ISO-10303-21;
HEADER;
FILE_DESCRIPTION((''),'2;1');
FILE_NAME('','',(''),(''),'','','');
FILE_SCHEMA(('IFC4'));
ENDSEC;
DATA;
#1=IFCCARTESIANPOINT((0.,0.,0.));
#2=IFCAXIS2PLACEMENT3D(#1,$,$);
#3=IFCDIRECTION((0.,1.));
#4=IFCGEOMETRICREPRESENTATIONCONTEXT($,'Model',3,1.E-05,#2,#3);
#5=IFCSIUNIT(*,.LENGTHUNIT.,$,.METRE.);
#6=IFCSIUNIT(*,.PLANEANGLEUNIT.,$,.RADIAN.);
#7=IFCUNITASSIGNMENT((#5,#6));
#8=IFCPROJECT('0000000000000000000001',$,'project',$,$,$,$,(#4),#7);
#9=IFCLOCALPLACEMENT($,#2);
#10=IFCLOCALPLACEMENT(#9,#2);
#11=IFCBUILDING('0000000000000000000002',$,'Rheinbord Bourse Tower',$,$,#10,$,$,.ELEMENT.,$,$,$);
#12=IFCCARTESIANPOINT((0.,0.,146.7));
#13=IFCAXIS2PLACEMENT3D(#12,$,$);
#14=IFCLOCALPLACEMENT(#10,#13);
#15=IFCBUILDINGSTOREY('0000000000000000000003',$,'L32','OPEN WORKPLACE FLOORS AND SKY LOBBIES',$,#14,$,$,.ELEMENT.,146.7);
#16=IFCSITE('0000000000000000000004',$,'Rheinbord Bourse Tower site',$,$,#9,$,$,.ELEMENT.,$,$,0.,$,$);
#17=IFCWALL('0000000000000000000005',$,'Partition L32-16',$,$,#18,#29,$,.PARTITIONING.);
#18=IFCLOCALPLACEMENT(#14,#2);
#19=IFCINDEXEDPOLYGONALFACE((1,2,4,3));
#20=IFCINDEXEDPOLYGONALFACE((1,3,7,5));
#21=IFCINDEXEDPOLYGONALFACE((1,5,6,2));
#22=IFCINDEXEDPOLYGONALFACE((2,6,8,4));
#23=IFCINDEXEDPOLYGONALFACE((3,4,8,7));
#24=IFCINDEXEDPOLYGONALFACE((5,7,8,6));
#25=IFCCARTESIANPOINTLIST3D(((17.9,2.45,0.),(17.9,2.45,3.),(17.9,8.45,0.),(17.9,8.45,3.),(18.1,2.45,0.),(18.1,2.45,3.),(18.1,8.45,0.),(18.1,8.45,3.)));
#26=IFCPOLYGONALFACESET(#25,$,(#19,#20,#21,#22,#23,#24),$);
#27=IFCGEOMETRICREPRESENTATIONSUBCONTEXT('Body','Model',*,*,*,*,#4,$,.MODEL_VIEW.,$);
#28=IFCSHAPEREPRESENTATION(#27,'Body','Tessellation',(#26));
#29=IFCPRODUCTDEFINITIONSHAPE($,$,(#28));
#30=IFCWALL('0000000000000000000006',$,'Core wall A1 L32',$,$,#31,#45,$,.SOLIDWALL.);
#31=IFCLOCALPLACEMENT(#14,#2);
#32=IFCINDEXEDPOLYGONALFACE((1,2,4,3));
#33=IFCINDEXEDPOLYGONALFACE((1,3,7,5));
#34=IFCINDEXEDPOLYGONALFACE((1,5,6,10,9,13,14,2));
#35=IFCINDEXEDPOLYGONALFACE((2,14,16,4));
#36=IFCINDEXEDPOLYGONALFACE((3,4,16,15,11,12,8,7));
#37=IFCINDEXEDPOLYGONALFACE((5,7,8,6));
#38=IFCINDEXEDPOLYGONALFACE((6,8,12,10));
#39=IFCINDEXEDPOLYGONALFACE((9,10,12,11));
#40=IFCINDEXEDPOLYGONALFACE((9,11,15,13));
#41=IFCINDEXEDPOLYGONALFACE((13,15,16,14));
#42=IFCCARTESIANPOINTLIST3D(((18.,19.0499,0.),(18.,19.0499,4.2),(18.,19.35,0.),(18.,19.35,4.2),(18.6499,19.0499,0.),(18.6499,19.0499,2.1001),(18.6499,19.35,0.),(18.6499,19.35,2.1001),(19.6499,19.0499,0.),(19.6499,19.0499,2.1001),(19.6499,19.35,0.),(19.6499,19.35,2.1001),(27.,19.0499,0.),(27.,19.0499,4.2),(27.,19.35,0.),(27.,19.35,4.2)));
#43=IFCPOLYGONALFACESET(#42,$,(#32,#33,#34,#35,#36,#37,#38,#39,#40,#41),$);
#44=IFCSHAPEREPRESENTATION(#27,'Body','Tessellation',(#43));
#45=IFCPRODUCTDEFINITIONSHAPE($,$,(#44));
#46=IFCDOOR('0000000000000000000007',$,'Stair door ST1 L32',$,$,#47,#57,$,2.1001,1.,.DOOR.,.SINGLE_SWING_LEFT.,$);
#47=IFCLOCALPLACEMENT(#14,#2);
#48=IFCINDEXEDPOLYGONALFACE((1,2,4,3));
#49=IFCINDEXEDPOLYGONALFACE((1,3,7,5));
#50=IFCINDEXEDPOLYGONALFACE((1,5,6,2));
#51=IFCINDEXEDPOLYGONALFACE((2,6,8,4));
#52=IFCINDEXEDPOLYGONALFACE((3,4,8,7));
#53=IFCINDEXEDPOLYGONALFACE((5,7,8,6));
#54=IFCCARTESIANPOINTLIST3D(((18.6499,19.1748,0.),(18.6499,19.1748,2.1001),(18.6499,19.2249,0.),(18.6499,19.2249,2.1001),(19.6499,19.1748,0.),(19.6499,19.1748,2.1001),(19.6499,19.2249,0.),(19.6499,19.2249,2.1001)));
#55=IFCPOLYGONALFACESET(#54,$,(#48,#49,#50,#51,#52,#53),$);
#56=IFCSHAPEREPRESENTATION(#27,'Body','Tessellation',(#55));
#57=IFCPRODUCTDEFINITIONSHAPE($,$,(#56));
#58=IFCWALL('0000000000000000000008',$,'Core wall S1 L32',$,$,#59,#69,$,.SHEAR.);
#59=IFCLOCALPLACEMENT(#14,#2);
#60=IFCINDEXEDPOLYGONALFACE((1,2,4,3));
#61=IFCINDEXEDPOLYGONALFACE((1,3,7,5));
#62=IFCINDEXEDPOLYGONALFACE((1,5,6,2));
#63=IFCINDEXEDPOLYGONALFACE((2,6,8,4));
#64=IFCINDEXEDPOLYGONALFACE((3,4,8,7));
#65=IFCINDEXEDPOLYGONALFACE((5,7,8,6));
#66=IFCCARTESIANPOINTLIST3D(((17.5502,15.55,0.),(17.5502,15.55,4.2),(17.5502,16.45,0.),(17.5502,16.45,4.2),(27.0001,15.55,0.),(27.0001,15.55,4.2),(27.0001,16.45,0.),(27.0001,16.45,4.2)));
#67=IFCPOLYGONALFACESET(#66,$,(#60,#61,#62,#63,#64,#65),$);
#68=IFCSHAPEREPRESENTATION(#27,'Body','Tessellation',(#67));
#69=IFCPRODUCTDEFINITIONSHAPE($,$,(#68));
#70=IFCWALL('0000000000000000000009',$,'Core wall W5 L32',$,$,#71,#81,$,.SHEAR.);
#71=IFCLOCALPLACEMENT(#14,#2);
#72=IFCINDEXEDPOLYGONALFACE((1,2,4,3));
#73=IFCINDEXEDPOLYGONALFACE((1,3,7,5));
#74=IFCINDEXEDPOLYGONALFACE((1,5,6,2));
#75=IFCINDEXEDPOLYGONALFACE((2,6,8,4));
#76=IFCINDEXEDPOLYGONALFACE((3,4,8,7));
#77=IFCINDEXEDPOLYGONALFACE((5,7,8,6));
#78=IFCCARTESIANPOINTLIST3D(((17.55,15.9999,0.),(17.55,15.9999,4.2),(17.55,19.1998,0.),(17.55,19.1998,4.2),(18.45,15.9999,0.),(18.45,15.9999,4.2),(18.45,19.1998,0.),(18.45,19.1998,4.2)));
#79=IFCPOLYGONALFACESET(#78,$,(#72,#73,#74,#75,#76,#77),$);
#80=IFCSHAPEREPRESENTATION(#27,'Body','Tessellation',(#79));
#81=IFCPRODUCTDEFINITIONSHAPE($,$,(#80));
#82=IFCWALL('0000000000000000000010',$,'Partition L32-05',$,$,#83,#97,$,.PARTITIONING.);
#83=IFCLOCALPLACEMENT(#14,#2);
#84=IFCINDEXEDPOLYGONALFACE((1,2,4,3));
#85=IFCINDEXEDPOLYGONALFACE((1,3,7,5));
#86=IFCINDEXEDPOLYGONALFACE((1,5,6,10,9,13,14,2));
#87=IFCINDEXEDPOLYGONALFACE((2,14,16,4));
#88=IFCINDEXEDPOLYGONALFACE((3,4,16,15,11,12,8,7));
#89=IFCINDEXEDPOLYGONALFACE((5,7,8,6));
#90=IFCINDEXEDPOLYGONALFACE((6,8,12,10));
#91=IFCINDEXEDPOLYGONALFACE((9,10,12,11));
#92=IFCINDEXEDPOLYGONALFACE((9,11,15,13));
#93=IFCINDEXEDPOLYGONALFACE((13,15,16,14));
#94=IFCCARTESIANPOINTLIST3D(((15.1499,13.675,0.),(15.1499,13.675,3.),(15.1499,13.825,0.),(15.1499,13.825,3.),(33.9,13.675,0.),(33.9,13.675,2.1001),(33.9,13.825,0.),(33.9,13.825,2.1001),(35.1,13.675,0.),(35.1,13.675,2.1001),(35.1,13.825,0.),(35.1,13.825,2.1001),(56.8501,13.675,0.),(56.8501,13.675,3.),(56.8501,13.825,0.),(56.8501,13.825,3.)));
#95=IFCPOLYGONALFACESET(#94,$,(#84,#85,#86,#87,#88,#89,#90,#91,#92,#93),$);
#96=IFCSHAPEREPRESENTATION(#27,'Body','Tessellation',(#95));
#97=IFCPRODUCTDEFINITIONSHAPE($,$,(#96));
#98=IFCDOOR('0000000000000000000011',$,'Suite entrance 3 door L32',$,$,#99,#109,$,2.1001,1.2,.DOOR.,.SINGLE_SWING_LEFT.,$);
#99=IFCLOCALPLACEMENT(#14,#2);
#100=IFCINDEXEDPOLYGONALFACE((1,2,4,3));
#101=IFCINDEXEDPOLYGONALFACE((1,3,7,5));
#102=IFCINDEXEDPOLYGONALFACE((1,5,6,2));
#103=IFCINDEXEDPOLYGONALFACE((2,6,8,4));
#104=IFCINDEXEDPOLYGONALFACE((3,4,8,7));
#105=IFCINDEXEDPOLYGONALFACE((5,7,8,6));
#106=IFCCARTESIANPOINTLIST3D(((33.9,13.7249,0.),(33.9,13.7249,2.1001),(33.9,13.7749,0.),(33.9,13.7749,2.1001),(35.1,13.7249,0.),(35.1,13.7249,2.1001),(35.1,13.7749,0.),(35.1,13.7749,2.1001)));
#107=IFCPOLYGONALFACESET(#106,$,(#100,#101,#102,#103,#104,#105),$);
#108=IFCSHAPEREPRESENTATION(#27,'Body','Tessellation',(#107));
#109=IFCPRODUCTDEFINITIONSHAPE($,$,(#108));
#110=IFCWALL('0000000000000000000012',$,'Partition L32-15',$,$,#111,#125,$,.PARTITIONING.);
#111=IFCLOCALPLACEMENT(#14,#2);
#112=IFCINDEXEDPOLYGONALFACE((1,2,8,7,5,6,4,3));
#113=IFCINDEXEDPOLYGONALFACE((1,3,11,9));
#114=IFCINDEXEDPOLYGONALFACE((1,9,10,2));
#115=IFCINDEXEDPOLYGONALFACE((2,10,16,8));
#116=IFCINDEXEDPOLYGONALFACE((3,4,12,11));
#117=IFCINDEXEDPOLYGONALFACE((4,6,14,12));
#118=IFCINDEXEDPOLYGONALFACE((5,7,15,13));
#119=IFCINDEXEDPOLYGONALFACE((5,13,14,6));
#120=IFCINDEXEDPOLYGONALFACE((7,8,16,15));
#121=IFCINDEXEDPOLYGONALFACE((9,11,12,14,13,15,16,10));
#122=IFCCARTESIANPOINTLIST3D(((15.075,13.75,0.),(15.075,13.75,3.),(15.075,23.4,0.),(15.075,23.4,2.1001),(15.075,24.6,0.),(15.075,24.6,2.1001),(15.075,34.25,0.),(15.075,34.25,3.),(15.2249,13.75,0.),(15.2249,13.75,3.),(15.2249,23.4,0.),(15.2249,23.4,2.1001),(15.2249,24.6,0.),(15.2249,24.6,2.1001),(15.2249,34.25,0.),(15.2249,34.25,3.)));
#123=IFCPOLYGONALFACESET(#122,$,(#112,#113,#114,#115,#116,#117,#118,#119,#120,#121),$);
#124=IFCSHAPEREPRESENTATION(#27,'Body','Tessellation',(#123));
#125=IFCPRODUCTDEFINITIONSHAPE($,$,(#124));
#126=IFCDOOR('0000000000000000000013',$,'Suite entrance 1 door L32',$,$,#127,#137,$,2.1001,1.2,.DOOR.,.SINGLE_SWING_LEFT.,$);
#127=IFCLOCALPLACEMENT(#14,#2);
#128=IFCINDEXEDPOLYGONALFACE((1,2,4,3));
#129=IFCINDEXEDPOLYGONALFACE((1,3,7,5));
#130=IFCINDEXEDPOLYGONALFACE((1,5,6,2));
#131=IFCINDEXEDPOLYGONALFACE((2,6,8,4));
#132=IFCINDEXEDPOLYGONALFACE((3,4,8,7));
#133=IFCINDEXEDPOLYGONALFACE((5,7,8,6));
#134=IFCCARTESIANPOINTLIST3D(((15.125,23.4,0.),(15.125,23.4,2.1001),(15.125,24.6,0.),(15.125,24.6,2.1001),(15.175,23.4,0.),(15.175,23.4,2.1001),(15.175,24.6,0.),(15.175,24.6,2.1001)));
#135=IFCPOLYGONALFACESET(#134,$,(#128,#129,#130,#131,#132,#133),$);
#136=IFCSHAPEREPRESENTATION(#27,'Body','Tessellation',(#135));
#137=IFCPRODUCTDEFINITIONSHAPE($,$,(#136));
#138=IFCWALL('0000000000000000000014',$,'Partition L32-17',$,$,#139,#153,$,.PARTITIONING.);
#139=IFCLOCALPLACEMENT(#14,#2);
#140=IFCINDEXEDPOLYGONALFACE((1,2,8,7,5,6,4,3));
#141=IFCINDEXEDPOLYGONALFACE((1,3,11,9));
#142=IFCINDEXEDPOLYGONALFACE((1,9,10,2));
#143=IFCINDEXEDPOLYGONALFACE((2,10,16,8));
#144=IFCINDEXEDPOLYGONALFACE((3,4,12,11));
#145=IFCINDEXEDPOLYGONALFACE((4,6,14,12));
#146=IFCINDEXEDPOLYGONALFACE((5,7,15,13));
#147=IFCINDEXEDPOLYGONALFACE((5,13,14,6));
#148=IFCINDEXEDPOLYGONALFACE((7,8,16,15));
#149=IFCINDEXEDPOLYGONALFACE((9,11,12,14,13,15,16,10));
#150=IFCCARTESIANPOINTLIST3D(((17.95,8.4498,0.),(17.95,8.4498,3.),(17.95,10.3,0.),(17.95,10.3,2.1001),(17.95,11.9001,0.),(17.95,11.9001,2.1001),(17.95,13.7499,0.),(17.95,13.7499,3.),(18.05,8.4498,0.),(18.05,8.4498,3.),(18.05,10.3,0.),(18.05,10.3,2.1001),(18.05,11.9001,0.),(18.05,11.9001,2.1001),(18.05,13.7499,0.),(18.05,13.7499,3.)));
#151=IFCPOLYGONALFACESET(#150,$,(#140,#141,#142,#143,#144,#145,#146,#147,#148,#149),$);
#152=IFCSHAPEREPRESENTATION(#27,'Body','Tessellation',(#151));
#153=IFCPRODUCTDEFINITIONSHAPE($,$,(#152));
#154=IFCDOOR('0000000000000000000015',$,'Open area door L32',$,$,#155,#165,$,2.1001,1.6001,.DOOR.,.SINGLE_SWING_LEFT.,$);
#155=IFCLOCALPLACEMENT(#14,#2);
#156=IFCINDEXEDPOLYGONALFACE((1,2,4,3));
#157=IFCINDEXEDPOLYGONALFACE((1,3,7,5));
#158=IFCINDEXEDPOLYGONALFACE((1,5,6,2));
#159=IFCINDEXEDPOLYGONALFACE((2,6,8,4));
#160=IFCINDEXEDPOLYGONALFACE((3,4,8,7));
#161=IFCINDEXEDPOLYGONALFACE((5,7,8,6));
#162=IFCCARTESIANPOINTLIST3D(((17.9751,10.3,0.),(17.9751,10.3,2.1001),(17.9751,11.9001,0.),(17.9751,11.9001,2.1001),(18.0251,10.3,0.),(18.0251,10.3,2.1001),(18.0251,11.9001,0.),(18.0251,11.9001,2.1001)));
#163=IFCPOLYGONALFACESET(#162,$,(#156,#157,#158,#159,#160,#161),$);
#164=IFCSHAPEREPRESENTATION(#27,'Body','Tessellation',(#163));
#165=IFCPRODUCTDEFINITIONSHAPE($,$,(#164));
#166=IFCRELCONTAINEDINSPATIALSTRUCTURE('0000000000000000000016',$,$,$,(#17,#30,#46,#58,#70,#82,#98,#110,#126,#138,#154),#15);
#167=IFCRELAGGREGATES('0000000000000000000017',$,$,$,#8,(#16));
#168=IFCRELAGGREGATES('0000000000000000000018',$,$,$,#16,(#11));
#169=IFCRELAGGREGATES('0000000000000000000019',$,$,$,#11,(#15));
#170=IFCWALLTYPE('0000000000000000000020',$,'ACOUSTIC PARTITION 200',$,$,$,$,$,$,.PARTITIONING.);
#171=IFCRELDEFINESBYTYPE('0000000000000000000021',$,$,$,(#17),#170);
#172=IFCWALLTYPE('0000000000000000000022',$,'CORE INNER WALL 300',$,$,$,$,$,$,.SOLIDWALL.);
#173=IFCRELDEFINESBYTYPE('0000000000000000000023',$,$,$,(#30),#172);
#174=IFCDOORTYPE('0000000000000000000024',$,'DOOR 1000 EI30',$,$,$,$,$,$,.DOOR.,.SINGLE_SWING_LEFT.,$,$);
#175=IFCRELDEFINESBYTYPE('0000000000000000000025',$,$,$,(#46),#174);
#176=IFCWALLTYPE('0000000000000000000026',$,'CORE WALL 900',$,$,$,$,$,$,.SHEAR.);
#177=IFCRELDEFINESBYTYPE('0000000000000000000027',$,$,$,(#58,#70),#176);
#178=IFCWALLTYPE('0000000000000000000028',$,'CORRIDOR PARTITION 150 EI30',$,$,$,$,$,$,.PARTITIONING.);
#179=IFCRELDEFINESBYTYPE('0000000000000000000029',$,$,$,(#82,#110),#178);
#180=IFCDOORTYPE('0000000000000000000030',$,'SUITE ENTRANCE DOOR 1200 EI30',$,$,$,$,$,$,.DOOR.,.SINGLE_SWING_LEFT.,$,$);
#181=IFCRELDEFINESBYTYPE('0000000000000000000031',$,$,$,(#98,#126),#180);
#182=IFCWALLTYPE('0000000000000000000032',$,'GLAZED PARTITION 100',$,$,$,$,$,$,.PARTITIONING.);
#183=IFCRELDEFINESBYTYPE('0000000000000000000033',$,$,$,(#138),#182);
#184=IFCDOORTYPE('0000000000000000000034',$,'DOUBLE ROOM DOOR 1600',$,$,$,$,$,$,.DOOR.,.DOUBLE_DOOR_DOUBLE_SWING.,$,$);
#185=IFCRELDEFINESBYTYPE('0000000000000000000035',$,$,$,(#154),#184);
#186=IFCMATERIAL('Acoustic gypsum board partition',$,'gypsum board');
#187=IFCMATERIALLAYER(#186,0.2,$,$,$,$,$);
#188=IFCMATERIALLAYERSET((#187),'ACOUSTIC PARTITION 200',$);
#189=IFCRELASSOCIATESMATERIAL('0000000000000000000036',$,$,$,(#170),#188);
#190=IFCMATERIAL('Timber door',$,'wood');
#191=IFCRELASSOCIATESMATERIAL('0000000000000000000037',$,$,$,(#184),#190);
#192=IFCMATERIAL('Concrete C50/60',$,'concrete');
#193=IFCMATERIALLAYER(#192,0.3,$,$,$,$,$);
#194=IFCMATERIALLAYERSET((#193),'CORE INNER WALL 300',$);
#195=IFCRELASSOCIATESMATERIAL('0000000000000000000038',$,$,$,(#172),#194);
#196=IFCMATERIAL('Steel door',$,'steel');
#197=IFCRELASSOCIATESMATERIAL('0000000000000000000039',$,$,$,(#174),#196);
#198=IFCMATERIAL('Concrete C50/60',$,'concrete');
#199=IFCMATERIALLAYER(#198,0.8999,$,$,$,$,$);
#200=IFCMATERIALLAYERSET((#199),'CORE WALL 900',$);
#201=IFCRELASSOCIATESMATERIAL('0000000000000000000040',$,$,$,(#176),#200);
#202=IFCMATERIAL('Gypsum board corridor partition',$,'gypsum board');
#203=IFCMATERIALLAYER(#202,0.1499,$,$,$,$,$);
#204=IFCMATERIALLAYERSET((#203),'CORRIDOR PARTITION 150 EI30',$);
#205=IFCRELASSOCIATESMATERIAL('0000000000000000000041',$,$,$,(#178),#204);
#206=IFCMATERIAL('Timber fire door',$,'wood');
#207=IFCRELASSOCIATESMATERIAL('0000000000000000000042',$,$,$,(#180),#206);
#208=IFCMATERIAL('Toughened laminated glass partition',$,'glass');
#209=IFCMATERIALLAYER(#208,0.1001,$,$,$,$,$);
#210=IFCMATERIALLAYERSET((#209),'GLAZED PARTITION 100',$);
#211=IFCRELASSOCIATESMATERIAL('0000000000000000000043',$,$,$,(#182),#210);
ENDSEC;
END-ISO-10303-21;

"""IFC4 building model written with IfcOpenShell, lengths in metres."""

from ifc_helpers import new_model, si_unit, direction, frame, frame_2d, origin, place, context, subcontext, project, spatial, rectangle, extrude, material, layer, layer_set, type_object, element, fill, save


model = new_model("IFC4")

# Units and contexts
model_context = context("Model", 3, precision=1e-05, world=origin(), true_north=direction((0.0, 1.0)))
body_context = subcontext(model_context, "Body", "Model", "MODEL_VIEW")
ifc_project = project(units=[si_unit("LENGTHUNIT", "METRE"), si_unit("PLANEANGLEUNIT", "RADIAN")], contexts=[model_context])

# Site, building, storey
site_placement = place(None, origin())
site = spatial("IfcSite", under=ifc_project, at=site_placement, Name="Rheinbord Bourse Tower site", CompositionType="ELEMENT", RefElevation=0.0)
building_placement = place(site_placement, origin())
building = spatial("IfcBuilding", under=site, at=building_placement, Name="Rheinbord Bourse Tower", CompositionType="ELEMENT")
storey_placement = place(building_placement, frame((0.0, 0.0, 146.7)))
storey = spatial("IfcBuildingStorey", under=building, at=storey_placement, Name="L32", Description="OPEN WORKPLACE FLOORS AND SKY LOBBIES", CompositionType="ELEMENT", Elevation=146.7)

# Shared definitions
ifc_material_1 = material(Name="Acoustic gypsum board partition", Category="gypsum board")
ifc_layer_1 = layer(ifc_material_1, 0.2)
ifc_layer_set_1 = layer_set([ifc_layer_1], Name="ACOUSTIC PARTITION 200")
wall_type_1 = type_object("IfcWallType", Name="ACOUSTIC PARTITION 200", PredefinedType="PARTITIONING", material=ifc_layer_set_1)
ifc_material_2 = material(Name="Timber door", Category="wood")
door_type_1 = type_object("IfcDoorType", Name="DOUBLE ROOM DOOR 1600", OperationType="DOUBLE_DOOR_DOUBLE_SWING", PredefinedType="DOOR", material=ifc_material_2)

# Wall
wall_1_placement = place(storey_placement, frame((18.0, 2.45, 0.0), z_axis=(0.0, 0.0, 1.0), x_axis=(0.0, 1.0, 0.0)))
element("IfcWall", 1, at=wall_1_placement, inside=storey, type_object=wall_type_1, Name="Partition L32-16", PredefinedType="PARTITIONING", context=body_context, shape_type="SweptSolid", body=[
    extrude(rectangle(XDim=6.0, YDim=0.2, at=frame_2d((3.0, 0.0))), origin(), (0.0, 0.0, 1.0), 3.0),
])

# Wall, opening, door
ifc_material_3 = material(Name="Concrete C50/60", Category="concrete")
ifc_layer_2 = layer(ifc_material_3, 0.3)
ifc_layer_set_2 = layer_set([ifc_layer_2], Name="CORE INNER WALL 300")
wall_type_2 = type_object("IfcWallType", Name="CORE INNER WALL 300", PredefinedType="SOLIDWALL", material=ifc_layer_set_2)
wall_2_placement = place(storey_placement, frame((18.0, 19.2, 0.0), z_axis=(0.0, 0.0, 1.0), x_axis=(1.0, 0.0, 0.0)))
wall_2 = element("IfcWall", 2, at=wall_2_placement, inside=storey, type_object=wall_type_2, Name="Core wall A1 L32", PredefinedType="SOLIDWALL", context=body_context, shape_type="SweptSolid", body=[
    extrude(rectangle(XDim=9.0, YDim=0.3, at=frame_2d((4.5, 0.0))), origin(), (0.0, 0.0, 1.0), 4.2),
])
opening_1_placement = place(wall_2_placement, frame((0.6499, 0.0, 0.0)))
opening_1 = element("IfcOpeningElement", 3, at=opening_1_placement, cuts=wall_2, PredefinedType="OPENING", context=body_context, shape_type="SweptSolid", body=[
    extrude(rectangle(XDim=1.0, YDim=2.1001, at=frame_2d((0.5, 1.05))), frame((0.0, 0.1599, 0.0), z_axis=(0.0, -1.0, 0.0), x_axis=(1.0, 0.0, 0.0)), (0.0, 0.0, 1.0), 0.3201),
])
ifc_material_4 = material(Name="Steel door", Category="steel")
door_type_2 = type_object("IfcDoorType", Name="DOOR 1000 EI30", OperationType="SINGLE_SWING_LEFT", PredefinedType="DOOR", material=ifc_material_4)
door_1_placement = place(opening_1_placement, origin())
door_1 = element("IfcDoor", 4, at=door_1_placement, inside=storey, type_object=door_type_2, Name="Stair door ST1 L32", OperationType="SINGLE_SWING_LEFT", OverallHeight=2.1001, OverallWidth=1.0, PredefinedType="DOOR", context=body_context, shape_type="SweptSolid", body=[
    extrude(rectangle(XDim=1.0, YDim=2.1001, at=frame_2d((0.5, 1.05))), frame((0.0, 0.0249, 0.0), z_axis=(0.0, -1.0, 0.0), x_axis=(1.0, 0.0, 0.0)), (0.0, 0.0, 1.0), 0.05),
])
fill(opening_1, door_1)

# Walls
ifc_material_5 = material(Name="Concrete C50/60", Category="concrete")
ifc_layer_3 = layer(ifc_material_5, 0.8999)
ifc_layer_set_3 = layer_set([ifc_layer_3], Name="CORE WALL 900")
wall_type_3 = type_object("IfcWallType", Name="CORE WALL 900", PredefinedType="SHEAR", material=ifc_layer_set_3)
wall_3_placement = place(storey_placement, frame((17.55, 16.0, 0.0), z_axis=(0.0, 0.0, 1.0), x_axis=(1.0, 0.0, 0.0)))
element("IfcWall", 5, at=wall_3_placement, inside=storey, type_object=wall_type_3, Name="Core wall S1 L32", PredefinedType="SHEAR", context=body_context, shape_type="SweptSolid", body=[
    extrude(rectangle(XDim=9.45, YDim=0.8999, at=frame_2d((4.7251, 0.0))), origin(), (0.0, 0.0, 1.0), 4.2),
])
wall_4_placement = place(storey_placement, frame((18.0, 19.2, 0.0), z_axis=(0.0, 0.0, 1.0), x_axis=(0.0, -1.0, 0.0)))
element("IfcWall", 6, at=wall_4_placement, inside=storey, type_object=wall_type_3, Name="Core wall W5 L32", PredefinedType="SHEAR", context=body_context, shape_type="SweptSolid", body=[
    extrude(rectangle(XDim=3.2, YDim=0.8999, at=frame_2d((1.6001, 0.0))), origin(), (0.0, 0.0, 1.0), 4.2),
])

# Walls, openings, doors
ifc_material_6 = material(Name="Gypsum board corridor partition", Category="gypsum board")
ifc_layer_4 = layer(ifc_material_6, 0.1499)
ifc_layer_set_4 = layer_set([ifc_layer_4], Name="CORRIDOR PARTITION 150 EI30")
wall_type_4 = type_object("IfcWallType", Name="CORRIDOR PARTITION 150 EI30", PredefinedType="PARTITIONING", material=ifc_layer_set_4)
wall_5_placement = place(storey_placement, frame((15.1499, 13.75, 0.0), z_axis=(0.0, 0.0, 1.0), x_axis=(1.0, 0.0, 0.0)))
wall_5 = element("IfcWall", 7, at=wall_5_placement, inside=storey, type_object=wall_type_4, Name="Partition L32-05", PredefinedType="PARTITIONING", context=body_context, shape_type="SweptSolid", body=[
    extrude(rectangle(XDim=41.7002, YDim=0.1499, at=frame_2d((20.8501, 0.0))), origin(), (0.0, 0.0, 1.0), 3.0),
])
opening_2_placement = place(wall_5_placement, frame((18.75, 0.0, 0.0)))
opening_2 = element("IfcOpeningElement", 8, at=opening_2_placement, cuts=wall_5, PredefinedType="OPENING", context=body_context, shape_type="SweptSolid", body=[
    extrude(rectangle(XDim=1.2, YDim=2.1001, at=frame_2d((0.6001, 1.05))), frame((0.0, 0.085, 0.0), z_axis=(0.0, -1.0, 0.0), x_axis=(1.0, 0.0, 0.0)), (0.0, 0.0, 1.0), 0.1699),
])
ifc_material_7 = material(Name="Timber fire door", Category="wood")
door_type_3 = type_object("IfcDoorType", Name="SUITE ENTRANCE DOOR 1200 EI30", OperationType="SINGLE_SWING_LEFT", PredefinedType="DOOR", material=ifc_material_7)
door_2_placement = place(opening_2_placement, origin())
door_2 = element("IfcDoor", 9, at=door_2_placement, inside=storey, type_object=door_type_3, Name="Suite entrance 3 door L32", OperationType="SINGLE_SWING_LEFT", OverallHeight=2.1001, OverallWidth=1.2, PredefinedType="DOOR", context=body_context, shape_type="SweptSolid", body=[
    extrude(rectangle(XDim=1.2, YDim=2.1001, at=frame_2d((0.6001, 1.05))), frame((0.0, 0.0249, 0.0), z_axis=(0.0, -1.0, 0.0), x_axis=(1.0, 0.0, 0.0)), (0.0, 0.0, 1.0), 0.05),
])
fill(opening_2, door_2)
wall_6_placement = place(storey_placement, frame((15.1499, 13.75, 0.0), z_axis=(0.0, 0.0, 1.0), x_axis=(0.0, 1.0, 0.0)))
wall_6 = element("IfcWall", 10, at=wall_6_placement, inside=storey, type_object=wall_type_4, Name="Partition L32-15", PredefinedType="PARTITIONING", context=body_context, shape_type="SweptSolid", body=[
    extrude(rectangle(XDim=20.5, YDim=0.1499, at=frame_2d((10.25, 0.0))), origin(), (0.0, 0.0, 1.0), 3.0),
])
opening_3_placement = place(wall_6_placement, frame((9.6499, 0.0, 0.0)))
opening_3 = element("IfcOpeningElement", 11, at=opening_3_placement, cuts=wall_6, PredefinedType="OPENING", context=body_context, shape_type="SweptSolid", body=[
    extrude(rectangle(XDim=1.2, YDim=2.1001, at=frame_2d((0.6001, 1.05))), frame((0.0, 0.085, 0.0), z_axis=(0.0, -1.0, 0.0), x_axis=(1.0, 0.0, 0.0)), (0.0, 0.0, 1.0), 0.1699),
])
door_3_placement = place(opening_3_placement, origin())
door_3 = element("IfcDoor", 12, at=door_3_placement, inside=storey, type_object=door_type_3, Name="Suite entrance 1 door L32", OperationType="SINGLE_SWING_LEFT", OverallHeight=2.1001, OverallWidth=1.2, PredefinedType="DOOR", context=body_context, shape_type="SweptSolid", body=[
    extrude(rectangle(XDim=1.2, YDim=2.1001, at=frame_2d((0.6001, 1.05))), frame((0.0, 0.0249, 0.0), z_axis=(0.0, -1.0, 0.0), x_axis=(1.0, 0.0, 0.0)), (0.0, 0.0, 1.0), 0.05),
])
fill(opening_3, door_3)
ifc_material_8 = material(Name="Toughened laminated glass partition", Category="glass")
ifc_layer_5 = layer(ifc_material_8, 0.1001)
ifc_layer_set_5 = layer_set([ifc_layer_5], Name="GLAZED PARTITION 100")
wall_type_5 = type_object("IfcWallType", Name="GLAZED PARTITION 100", PredefinedType="PARTITIONING", material=ifc_layer_set_5)
wall_7_placement = place(storey_placement, frame((18.0, 8.45, 0.0), z_axis=(0.0, 0.0, 1.0), x_axis=(0.0, 1.0, 0.0)))
wall_7 = element("IfcWall", 13, at=wall_7_placement, inside=storey, type_object=wall_type_5, Name="Partition L32-17", PredefinedType="PARTITIONING", context=body_context, shape_type="SweptSolid", body=[
    extrude(rectangle(XDim=5.3, YDim=0.1001, at=frame_2d((2.6499, 0.0))), origin(), (0.0, 0.0, 1.0), 3.0),
])
opening_4_placement = place(wall_7_placement, frame((1.8501, 0.0, 0.0)))
opening_4 = element("IfcOpeningElement", 14, at=opening_4_placement, cuts=wall_7, PredefinedType="OPENING", context=body_context, shape_type="SweptSolid", body=[
    extrude(rectangle(XDim=1.6001, YDim=2.1001, at=frame_2d((0.8, 1.05))), frame((0.0, 0.0601, 0.0), z_axis=(0.0, -1.0, 0.0), x_axis=(1.0, 0.0, 0.0)), (0.0, 0.0, 1.0), 0.1201),
])
door_4_placement = place(opening_4_placement, origin())
door_4 = element("IfcDoor", 15, at=door_4_placement, inside=storey, type_object=door_type_1, Name="Open area door L32", OperationType="SINGLE_SWING_LEFT", OverallHeight=2.1001, OverallWidth=1.6001, PredefinedType="DOOR", context=body_context, shape_type="SweptSolid", body=[
    extrude(rectangle(XDim=1.6001, YDim=2.1001, at=frame_2d((0.8, 1.05))), frame((0.0, 0.0249, 0.0), z_axis=(0.0, -1.0, 0.0), x_axis=(1.0, 0.0, 0.0)), (0.0, 0.0, 1.0), 0.05),
])
fill(opening_4, door_4)

save(model, "model.ifc")
